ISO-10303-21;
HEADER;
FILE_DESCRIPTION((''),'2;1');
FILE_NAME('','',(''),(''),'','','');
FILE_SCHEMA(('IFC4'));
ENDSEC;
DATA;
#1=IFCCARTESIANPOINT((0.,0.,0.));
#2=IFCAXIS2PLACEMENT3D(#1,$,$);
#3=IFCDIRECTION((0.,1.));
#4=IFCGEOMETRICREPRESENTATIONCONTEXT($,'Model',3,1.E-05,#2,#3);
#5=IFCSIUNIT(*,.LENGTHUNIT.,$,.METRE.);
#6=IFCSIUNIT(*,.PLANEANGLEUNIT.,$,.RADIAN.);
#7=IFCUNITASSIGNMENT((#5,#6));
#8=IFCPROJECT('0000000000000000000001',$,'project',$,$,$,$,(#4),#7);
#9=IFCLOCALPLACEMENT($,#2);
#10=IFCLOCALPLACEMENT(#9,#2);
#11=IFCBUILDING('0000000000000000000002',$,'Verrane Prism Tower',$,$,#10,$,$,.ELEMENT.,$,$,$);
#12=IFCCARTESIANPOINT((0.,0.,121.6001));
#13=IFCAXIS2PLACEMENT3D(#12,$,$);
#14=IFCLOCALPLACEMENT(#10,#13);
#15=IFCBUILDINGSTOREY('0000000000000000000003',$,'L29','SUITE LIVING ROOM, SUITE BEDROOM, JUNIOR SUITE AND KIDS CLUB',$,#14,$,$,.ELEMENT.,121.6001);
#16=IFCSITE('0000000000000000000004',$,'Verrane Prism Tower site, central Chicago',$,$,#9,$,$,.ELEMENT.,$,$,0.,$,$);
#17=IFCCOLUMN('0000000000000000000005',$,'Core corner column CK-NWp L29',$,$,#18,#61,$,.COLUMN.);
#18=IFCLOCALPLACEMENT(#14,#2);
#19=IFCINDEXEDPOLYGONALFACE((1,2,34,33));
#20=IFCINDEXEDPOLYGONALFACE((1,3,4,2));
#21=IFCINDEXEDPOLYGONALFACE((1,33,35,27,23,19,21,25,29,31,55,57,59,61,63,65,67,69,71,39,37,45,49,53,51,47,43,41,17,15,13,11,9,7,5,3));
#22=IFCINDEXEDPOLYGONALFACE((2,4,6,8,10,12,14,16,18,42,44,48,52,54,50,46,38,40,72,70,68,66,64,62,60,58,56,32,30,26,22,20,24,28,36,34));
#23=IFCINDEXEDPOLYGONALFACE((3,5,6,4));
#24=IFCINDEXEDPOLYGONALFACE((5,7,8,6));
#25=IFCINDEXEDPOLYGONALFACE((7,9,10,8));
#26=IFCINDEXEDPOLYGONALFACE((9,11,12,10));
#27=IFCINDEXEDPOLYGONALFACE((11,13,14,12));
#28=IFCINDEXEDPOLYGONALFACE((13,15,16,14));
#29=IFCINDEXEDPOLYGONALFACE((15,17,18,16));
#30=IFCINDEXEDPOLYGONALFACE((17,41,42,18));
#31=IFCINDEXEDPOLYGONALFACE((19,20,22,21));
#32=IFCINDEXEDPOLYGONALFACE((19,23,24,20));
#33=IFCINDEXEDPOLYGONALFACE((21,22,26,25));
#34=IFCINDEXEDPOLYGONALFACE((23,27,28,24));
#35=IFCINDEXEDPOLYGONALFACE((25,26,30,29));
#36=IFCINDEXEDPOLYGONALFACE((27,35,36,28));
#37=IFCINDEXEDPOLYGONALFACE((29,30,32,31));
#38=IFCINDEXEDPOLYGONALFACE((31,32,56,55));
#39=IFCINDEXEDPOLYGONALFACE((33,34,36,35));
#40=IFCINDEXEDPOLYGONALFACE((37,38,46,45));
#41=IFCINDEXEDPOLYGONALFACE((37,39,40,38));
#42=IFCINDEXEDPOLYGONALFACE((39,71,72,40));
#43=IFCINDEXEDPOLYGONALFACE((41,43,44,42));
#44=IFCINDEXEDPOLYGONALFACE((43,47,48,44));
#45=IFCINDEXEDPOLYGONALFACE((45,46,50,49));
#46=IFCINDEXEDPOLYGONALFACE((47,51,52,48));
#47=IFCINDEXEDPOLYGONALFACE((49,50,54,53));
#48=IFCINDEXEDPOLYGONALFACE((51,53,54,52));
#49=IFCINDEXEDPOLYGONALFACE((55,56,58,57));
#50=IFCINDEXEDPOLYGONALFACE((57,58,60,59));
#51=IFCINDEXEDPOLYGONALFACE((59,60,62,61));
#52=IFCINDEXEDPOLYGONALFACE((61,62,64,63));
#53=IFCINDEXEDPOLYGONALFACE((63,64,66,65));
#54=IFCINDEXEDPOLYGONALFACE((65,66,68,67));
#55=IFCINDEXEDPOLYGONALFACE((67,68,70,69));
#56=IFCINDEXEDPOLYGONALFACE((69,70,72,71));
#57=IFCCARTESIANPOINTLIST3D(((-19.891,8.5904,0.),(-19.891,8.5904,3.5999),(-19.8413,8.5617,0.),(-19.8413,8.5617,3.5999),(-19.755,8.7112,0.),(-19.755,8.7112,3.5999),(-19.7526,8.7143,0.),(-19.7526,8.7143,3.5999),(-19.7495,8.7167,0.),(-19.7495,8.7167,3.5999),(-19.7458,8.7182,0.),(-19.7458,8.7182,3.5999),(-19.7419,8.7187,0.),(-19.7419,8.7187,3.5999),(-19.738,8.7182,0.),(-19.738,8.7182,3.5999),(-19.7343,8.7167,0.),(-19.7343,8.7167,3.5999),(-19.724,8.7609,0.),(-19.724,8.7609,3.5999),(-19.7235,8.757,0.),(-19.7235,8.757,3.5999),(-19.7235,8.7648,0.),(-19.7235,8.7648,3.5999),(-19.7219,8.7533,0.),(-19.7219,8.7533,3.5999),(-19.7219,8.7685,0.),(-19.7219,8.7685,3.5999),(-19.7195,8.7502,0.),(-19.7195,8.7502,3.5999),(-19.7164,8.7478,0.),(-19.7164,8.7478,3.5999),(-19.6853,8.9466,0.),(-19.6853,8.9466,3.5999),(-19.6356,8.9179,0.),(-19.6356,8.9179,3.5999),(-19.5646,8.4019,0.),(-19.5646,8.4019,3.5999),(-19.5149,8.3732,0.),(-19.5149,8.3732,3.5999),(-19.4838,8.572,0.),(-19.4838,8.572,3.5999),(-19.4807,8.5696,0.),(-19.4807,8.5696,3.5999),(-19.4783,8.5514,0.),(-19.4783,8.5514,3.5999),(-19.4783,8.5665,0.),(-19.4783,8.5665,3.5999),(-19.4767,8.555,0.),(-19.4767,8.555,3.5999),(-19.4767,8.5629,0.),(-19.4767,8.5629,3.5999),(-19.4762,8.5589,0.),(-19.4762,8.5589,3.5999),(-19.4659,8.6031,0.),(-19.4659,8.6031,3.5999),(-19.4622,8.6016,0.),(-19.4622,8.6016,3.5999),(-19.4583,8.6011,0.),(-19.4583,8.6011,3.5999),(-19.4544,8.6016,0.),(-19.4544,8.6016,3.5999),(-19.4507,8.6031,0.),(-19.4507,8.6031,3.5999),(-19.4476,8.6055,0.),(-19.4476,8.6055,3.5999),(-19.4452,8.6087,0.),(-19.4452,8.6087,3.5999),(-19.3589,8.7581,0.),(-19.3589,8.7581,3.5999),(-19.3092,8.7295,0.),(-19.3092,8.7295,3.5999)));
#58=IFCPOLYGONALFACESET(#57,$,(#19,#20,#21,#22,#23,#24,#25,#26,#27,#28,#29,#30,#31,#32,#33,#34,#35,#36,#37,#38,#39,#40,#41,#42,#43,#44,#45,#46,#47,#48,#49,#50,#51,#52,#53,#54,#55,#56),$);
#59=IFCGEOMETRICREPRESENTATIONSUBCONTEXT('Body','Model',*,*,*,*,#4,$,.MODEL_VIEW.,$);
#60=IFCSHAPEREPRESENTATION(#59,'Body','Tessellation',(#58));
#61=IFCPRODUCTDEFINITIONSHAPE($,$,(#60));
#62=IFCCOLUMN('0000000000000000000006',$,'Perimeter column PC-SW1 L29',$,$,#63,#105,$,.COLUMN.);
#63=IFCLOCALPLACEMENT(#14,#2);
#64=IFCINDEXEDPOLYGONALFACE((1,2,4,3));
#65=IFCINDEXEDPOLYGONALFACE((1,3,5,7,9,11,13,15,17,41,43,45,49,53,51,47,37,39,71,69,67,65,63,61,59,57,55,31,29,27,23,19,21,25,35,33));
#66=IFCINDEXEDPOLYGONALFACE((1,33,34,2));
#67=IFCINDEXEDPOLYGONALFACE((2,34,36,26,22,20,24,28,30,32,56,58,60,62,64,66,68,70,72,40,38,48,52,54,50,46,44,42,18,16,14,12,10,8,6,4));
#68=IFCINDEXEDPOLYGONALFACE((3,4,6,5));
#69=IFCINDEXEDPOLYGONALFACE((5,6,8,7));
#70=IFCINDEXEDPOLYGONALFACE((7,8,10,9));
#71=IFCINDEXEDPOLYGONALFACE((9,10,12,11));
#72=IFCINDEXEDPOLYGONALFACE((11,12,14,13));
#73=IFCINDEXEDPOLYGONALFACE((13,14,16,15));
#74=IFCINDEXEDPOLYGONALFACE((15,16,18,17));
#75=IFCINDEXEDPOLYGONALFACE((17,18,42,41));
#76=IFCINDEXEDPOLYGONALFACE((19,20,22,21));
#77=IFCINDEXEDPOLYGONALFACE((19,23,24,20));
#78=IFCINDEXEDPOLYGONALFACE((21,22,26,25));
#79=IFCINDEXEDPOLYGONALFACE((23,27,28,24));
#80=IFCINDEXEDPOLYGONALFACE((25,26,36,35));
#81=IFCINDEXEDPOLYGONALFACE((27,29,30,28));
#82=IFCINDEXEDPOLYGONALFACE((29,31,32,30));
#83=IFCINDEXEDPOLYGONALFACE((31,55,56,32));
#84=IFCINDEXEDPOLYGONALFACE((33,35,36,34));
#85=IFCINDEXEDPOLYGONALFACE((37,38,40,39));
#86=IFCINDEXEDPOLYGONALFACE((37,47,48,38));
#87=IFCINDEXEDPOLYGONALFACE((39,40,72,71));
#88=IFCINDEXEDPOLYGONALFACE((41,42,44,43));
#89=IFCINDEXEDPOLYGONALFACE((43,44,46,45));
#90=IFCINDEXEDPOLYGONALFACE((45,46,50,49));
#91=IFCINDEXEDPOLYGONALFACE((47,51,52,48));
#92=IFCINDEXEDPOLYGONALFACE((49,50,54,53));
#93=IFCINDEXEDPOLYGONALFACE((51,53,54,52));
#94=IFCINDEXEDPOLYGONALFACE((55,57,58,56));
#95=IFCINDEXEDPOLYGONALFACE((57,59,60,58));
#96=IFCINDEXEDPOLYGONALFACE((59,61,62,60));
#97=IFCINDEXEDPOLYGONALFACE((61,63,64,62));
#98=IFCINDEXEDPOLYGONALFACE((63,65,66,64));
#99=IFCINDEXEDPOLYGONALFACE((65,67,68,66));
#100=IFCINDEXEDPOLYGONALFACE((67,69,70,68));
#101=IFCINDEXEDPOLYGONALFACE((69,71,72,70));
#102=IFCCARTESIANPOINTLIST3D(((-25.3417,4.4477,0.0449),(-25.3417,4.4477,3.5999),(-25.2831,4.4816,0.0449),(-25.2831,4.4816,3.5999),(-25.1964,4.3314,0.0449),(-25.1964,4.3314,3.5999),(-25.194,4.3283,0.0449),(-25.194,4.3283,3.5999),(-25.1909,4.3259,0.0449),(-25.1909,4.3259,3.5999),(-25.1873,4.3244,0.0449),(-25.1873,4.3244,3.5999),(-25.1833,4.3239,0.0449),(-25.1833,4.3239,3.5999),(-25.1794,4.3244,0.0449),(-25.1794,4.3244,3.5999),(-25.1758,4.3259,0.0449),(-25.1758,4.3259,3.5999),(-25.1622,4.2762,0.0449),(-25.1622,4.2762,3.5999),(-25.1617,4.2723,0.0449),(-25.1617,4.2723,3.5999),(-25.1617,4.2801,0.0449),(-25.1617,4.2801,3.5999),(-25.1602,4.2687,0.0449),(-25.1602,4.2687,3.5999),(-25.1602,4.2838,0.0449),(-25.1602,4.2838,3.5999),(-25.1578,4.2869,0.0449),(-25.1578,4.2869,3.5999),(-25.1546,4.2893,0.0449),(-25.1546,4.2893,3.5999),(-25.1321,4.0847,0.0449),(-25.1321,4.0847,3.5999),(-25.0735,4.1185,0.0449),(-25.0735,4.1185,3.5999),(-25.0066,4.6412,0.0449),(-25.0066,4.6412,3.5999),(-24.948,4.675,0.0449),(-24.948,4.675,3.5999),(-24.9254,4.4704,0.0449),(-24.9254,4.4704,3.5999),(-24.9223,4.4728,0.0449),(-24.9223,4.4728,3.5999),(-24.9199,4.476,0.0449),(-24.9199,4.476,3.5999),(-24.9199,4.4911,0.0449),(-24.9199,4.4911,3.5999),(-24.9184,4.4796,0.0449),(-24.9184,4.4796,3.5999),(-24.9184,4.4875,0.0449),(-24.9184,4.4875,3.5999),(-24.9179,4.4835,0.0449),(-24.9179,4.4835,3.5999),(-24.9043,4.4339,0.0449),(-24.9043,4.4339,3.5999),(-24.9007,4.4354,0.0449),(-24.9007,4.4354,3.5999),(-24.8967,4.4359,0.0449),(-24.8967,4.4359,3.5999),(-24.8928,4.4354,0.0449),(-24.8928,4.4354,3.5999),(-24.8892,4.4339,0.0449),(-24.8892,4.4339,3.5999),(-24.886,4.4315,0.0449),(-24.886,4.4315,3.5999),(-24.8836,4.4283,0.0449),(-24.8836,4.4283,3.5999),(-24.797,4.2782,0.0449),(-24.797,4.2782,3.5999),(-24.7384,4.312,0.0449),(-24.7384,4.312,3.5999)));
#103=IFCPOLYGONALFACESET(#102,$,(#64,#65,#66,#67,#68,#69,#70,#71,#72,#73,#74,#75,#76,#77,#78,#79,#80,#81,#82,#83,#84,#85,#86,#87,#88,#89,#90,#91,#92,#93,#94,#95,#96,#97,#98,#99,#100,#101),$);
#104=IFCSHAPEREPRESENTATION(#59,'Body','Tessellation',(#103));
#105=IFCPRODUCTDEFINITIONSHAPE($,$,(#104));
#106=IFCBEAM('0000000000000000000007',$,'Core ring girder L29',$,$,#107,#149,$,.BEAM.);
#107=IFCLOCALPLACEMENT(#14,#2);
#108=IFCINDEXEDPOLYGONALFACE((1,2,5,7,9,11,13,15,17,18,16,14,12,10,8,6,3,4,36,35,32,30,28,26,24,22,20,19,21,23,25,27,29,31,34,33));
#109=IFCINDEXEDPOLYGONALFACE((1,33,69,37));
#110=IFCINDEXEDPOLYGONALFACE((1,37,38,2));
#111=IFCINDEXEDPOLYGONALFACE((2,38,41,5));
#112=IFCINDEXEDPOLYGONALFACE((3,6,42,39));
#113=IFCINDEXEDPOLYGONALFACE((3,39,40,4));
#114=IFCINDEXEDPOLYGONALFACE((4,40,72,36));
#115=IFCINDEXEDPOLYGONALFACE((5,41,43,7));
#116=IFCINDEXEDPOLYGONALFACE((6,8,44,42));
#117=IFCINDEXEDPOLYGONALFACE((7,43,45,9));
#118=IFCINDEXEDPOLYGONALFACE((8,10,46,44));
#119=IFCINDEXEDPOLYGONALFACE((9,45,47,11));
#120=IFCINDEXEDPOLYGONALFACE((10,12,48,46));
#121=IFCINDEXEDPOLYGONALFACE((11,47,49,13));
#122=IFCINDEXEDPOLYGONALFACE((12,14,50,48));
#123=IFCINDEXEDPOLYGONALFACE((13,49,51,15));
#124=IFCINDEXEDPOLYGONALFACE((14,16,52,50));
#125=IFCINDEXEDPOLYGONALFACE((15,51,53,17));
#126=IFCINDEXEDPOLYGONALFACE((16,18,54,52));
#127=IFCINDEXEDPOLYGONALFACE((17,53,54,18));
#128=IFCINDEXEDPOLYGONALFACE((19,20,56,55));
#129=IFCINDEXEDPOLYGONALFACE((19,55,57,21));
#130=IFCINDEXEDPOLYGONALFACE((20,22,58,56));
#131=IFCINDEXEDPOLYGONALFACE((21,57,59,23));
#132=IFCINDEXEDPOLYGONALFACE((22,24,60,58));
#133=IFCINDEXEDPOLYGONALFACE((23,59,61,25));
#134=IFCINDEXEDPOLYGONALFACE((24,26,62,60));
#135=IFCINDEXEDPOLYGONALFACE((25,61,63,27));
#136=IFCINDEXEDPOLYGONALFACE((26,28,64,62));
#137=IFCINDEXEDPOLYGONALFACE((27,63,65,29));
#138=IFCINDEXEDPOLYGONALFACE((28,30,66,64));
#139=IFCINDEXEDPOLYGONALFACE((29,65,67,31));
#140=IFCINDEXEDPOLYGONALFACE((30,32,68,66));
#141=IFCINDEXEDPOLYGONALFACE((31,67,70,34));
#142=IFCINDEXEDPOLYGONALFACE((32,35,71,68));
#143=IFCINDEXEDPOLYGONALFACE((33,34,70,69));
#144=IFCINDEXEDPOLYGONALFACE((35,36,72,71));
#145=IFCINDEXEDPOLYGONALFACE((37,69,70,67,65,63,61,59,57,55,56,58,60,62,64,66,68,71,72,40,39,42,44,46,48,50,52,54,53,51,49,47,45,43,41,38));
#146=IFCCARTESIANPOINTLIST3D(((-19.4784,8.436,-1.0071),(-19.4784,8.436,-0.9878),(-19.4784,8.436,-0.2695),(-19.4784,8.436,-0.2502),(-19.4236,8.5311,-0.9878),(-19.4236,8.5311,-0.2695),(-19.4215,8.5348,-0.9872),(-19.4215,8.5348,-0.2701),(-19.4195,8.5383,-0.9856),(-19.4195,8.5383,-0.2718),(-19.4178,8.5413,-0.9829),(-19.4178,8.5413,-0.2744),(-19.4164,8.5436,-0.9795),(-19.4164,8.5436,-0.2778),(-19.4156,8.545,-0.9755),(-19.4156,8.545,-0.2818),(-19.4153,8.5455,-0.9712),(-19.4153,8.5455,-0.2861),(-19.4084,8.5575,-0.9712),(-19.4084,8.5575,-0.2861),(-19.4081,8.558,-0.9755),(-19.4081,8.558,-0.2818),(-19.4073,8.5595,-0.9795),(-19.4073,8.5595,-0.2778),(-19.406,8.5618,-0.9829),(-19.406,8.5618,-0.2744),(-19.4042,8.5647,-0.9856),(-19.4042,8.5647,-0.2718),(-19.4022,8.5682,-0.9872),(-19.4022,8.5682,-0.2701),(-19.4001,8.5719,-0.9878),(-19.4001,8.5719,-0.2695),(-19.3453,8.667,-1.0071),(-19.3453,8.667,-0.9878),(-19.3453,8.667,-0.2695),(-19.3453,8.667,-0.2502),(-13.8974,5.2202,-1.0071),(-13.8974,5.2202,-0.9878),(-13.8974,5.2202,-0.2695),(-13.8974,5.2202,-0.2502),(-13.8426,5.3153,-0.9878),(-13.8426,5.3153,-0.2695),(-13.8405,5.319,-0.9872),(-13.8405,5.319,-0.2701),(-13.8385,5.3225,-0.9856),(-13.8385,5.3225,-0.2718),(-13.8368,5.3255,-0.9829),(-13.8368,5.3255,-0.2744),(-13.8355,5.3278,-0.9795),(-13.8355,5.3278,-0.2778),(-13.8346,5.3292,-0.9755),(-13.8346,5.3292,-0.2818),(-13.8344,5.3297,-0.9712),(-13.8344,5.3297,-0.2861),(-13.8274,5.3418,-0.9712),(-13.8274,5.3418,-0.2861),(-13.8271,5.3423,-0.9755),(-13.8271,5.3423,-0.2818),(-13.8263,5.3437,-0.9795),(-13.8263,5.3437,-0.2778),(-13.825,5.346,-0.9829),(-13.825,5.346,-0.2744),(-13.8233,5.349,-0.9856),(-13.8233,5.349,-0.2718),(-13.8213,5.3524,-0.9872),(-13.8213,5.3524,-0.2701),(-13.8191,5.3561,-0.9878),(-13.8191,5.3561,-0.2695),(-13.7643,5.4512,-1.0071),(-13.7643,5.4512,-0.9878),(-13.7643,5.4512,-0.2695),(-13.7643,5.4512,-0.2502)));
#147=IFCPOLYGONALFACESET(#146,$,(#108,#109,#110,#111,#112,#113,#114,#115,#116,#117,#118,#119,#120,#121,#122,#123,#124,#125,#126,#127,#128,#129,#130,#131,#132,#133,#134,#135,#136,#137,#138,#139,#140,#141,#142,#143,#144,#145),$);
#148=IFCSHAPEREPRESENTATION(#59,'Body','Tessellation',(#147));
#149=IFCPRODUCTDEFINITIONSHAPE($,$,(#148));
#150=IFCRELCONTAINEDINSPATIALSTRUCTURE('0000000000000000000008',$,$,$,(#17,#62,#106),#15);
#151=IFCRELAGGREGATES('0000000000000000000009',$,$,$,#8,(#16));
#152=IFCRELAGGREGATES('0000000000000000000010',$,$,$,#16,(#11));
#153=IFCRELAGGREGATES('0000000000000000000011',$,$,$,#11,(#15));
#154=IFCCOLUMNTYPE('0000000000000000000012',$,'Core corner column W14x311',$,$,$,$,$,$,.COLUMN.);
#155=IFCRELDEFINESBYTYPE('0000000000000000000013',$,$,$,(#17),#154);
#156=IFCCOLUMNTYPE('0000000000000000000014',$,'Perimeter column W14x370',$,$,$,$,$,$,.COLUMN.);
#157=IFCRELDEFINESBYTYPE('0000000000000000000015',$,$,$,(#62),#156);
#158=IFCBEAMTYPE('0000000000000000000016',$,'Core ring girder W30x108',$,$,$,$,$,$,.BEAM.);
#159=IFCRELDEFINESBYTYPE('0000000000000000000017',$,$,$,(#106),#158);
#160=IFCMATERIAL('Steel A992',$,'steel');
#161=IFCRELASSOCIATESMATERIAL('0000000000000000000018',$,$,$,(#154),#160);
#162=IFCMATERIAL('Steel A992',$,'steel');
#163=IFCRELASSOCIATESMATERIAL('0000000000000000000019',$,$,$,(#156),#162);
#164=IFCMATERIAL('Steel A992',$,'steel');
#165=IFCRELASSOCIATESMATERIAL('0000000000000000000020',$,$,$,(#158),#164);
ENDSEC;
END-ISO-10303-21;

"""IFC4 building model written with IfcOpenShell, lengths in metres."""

from ifc_helpers import new_model, si_unit, direction, frame, origin, origin_2d, place, context, subcontext, project, spatial, i_section, extrude, material, material_profile, profile_set, type_object, element, save


model = new_model("IFC4")

# Units and contexts
model_context = context("Model", 3, precision=1e-05, world=origin(), true_north=direction((0.0, 1.0)))
body_context = subcontext(model_context, "Body", "Model", "MODEL_VIEW")
ifc_project = project(units=[si_unit("LENGTHUNIT", "METRE"), si_unit("PLANEANGLEUNIT", "RADIAN")], contexts=[model_context])

# Site, building, storey
site_placement = place(None, origin())
site = spatial("IfcSite", under=ifc_project, at=site_placement, Name="Verrane Prism Tower site, central Chicago", CompositionType="ELEMENT", RefElevation=0.0)
building_placement = place(site_placement, origin())
building = spatial("IfcBuilding", under=site, at=building_placement, Name="Verrane Prism Tower", CompositionType="ELEMENT")
storey_placement = place(building_placement, frame((0.0, 0.0, 121.6001)))
storey = spatial("IfcBuildingStorey", under=building, at=storey_placement, Name="L29", Description="SUITE LIVING ROOM, SUITE BEDROOM, JUNIOR SUITE AND KIDS CLUB", CompositionType="ELEMENT", Elevation=121.6001)

# Columns
ifc_material_1 = material(Name="Steel A992", Category="steel")
ifc_material_profile_1 = material_profile(ifc_material_1, i_section(OverallWidth=0.4114, OverallDepth=0.4343, WebThickness=0.0359, FlangeThickness=0.0574, FilletRadius=0.0151, at=origin_2d()), Name="W14x311")
ifc_profile_set_1 = profile_set([ifc_material_profile_1], Name="Steel A992")
column_type_1 = type_object("IfcColumnType", Name="Core corner column W14x311", PredefinedType="COLUMN", material=ifc_profile_set_1)
column_1_placement = place(storey_placement, frame((-19.6001, 8.6599, 0.0), z_axis=(0.0, 0.0, 1.0), x_axis=(0.5, 0.866025, 0.0)))
element("IfcColumn", 1, at=column_1_placement, inside=storey, type_object=column_type_1, Name="Core corner column CK-NWp L29", PredefinedType="COLUMN", context=body_context, shape_type="SweptSolid", body=[
    extrude(i_section(OverallWidth=0.4114, OverallDepth=0.4343, WebThickness=0.0359, FlangeThickness=0.0574, FilletRadius=0.0151, at=origin_2d()), origin(), (0.0, 0.0, 1.0), 3.5999),
])
ifc_material_2 = material(Name="Steel A992", Category="steel")
ifc_material_profile_2 = material_profile(ifc_material_2, i_section(OverallWidth=0.4192, OverallDepth=0.4546, WebThickness=0.0422, FlangeThickness=0.0676, FilletRadius=0.0151, at=origin_2d()), Name="W14x370")
ifc_profile_set_2 = profile_set([ifc_material_profile_2], Name="Steel A992")
column_type_2 = type_object("IfcColumnType", Name="Perimeter column W14x370", PredefinedType="COLUMN", material=ifc_profile_set_2)
column_2_placement = place(storey_placement, frame((-25.04, 4.3799, 0.0449), z_axis=(0.0, 0.0, 1.0), x_axis=(-0.5, 0.866025, 0.0)))
element("IfcColumn", 2, at=column_2_placement, inside=storey, type_object=column_type_2, Name="Perimeter column PC-SW1 L29", PredefinedType="COLUMN", context=body_context, shape_type="SweptSolid", body=[
    extrude(i_section(OverallWidth=0.4192, OverallDepth=0.4546, WebThickness=0.0422, FlangeThickness=0.0676, FilletRadius=0.0151, at=origin_2d()), origin(), (0.0, 0.0, 1.0), 3.5549),
])

# Beam
ifc_material_3 = material(Name="Steel A992", Category="steel")
ifc_material_profile_3 = material_profile(ifc_material_3, i_section(OverallWidth=0.2666, OverallDepth=0.7568, WebThickness=0.0139, FlangeThickness=0.0193, FilletRadius=0.0166, at=origin_2d()), Name="W30x108")
ifc_profile_set_3 = profile_set([ifc_material_profile_3], Name="Steel A992")
beam_type_1 = type_object("IfcBeamType", Name="Core ring girder W30x108", PredefinedType="BEAM", material=ifc_profile_set_3)
beam_1_placement = place(storey_placement, frame((-19.4119, 8.5515, -0.6287), z_axis=(0.866456, -0.499254, 0.0), x_axis=(0.499254, 0.866456, 0.0)))
element("IfcBeam", 3, at=beam_1_placement, inside=storey, type_object=beam_type_1, Name="Core ring girder L29", PredefinedType="BEAM", context=body_context, shape_type="SweptSolid", body=[
    extrude(i_section(OverallWidth=0.2666, OverallDepth=0.7568, WebThickness=0.0139, FlangeThickness=0.0193, FilletRadius=0.0166, at=origin_2d()), origin(), (0.0, 0.0, 1.0), 6.4412),
])

save(model, "model.ifc")
